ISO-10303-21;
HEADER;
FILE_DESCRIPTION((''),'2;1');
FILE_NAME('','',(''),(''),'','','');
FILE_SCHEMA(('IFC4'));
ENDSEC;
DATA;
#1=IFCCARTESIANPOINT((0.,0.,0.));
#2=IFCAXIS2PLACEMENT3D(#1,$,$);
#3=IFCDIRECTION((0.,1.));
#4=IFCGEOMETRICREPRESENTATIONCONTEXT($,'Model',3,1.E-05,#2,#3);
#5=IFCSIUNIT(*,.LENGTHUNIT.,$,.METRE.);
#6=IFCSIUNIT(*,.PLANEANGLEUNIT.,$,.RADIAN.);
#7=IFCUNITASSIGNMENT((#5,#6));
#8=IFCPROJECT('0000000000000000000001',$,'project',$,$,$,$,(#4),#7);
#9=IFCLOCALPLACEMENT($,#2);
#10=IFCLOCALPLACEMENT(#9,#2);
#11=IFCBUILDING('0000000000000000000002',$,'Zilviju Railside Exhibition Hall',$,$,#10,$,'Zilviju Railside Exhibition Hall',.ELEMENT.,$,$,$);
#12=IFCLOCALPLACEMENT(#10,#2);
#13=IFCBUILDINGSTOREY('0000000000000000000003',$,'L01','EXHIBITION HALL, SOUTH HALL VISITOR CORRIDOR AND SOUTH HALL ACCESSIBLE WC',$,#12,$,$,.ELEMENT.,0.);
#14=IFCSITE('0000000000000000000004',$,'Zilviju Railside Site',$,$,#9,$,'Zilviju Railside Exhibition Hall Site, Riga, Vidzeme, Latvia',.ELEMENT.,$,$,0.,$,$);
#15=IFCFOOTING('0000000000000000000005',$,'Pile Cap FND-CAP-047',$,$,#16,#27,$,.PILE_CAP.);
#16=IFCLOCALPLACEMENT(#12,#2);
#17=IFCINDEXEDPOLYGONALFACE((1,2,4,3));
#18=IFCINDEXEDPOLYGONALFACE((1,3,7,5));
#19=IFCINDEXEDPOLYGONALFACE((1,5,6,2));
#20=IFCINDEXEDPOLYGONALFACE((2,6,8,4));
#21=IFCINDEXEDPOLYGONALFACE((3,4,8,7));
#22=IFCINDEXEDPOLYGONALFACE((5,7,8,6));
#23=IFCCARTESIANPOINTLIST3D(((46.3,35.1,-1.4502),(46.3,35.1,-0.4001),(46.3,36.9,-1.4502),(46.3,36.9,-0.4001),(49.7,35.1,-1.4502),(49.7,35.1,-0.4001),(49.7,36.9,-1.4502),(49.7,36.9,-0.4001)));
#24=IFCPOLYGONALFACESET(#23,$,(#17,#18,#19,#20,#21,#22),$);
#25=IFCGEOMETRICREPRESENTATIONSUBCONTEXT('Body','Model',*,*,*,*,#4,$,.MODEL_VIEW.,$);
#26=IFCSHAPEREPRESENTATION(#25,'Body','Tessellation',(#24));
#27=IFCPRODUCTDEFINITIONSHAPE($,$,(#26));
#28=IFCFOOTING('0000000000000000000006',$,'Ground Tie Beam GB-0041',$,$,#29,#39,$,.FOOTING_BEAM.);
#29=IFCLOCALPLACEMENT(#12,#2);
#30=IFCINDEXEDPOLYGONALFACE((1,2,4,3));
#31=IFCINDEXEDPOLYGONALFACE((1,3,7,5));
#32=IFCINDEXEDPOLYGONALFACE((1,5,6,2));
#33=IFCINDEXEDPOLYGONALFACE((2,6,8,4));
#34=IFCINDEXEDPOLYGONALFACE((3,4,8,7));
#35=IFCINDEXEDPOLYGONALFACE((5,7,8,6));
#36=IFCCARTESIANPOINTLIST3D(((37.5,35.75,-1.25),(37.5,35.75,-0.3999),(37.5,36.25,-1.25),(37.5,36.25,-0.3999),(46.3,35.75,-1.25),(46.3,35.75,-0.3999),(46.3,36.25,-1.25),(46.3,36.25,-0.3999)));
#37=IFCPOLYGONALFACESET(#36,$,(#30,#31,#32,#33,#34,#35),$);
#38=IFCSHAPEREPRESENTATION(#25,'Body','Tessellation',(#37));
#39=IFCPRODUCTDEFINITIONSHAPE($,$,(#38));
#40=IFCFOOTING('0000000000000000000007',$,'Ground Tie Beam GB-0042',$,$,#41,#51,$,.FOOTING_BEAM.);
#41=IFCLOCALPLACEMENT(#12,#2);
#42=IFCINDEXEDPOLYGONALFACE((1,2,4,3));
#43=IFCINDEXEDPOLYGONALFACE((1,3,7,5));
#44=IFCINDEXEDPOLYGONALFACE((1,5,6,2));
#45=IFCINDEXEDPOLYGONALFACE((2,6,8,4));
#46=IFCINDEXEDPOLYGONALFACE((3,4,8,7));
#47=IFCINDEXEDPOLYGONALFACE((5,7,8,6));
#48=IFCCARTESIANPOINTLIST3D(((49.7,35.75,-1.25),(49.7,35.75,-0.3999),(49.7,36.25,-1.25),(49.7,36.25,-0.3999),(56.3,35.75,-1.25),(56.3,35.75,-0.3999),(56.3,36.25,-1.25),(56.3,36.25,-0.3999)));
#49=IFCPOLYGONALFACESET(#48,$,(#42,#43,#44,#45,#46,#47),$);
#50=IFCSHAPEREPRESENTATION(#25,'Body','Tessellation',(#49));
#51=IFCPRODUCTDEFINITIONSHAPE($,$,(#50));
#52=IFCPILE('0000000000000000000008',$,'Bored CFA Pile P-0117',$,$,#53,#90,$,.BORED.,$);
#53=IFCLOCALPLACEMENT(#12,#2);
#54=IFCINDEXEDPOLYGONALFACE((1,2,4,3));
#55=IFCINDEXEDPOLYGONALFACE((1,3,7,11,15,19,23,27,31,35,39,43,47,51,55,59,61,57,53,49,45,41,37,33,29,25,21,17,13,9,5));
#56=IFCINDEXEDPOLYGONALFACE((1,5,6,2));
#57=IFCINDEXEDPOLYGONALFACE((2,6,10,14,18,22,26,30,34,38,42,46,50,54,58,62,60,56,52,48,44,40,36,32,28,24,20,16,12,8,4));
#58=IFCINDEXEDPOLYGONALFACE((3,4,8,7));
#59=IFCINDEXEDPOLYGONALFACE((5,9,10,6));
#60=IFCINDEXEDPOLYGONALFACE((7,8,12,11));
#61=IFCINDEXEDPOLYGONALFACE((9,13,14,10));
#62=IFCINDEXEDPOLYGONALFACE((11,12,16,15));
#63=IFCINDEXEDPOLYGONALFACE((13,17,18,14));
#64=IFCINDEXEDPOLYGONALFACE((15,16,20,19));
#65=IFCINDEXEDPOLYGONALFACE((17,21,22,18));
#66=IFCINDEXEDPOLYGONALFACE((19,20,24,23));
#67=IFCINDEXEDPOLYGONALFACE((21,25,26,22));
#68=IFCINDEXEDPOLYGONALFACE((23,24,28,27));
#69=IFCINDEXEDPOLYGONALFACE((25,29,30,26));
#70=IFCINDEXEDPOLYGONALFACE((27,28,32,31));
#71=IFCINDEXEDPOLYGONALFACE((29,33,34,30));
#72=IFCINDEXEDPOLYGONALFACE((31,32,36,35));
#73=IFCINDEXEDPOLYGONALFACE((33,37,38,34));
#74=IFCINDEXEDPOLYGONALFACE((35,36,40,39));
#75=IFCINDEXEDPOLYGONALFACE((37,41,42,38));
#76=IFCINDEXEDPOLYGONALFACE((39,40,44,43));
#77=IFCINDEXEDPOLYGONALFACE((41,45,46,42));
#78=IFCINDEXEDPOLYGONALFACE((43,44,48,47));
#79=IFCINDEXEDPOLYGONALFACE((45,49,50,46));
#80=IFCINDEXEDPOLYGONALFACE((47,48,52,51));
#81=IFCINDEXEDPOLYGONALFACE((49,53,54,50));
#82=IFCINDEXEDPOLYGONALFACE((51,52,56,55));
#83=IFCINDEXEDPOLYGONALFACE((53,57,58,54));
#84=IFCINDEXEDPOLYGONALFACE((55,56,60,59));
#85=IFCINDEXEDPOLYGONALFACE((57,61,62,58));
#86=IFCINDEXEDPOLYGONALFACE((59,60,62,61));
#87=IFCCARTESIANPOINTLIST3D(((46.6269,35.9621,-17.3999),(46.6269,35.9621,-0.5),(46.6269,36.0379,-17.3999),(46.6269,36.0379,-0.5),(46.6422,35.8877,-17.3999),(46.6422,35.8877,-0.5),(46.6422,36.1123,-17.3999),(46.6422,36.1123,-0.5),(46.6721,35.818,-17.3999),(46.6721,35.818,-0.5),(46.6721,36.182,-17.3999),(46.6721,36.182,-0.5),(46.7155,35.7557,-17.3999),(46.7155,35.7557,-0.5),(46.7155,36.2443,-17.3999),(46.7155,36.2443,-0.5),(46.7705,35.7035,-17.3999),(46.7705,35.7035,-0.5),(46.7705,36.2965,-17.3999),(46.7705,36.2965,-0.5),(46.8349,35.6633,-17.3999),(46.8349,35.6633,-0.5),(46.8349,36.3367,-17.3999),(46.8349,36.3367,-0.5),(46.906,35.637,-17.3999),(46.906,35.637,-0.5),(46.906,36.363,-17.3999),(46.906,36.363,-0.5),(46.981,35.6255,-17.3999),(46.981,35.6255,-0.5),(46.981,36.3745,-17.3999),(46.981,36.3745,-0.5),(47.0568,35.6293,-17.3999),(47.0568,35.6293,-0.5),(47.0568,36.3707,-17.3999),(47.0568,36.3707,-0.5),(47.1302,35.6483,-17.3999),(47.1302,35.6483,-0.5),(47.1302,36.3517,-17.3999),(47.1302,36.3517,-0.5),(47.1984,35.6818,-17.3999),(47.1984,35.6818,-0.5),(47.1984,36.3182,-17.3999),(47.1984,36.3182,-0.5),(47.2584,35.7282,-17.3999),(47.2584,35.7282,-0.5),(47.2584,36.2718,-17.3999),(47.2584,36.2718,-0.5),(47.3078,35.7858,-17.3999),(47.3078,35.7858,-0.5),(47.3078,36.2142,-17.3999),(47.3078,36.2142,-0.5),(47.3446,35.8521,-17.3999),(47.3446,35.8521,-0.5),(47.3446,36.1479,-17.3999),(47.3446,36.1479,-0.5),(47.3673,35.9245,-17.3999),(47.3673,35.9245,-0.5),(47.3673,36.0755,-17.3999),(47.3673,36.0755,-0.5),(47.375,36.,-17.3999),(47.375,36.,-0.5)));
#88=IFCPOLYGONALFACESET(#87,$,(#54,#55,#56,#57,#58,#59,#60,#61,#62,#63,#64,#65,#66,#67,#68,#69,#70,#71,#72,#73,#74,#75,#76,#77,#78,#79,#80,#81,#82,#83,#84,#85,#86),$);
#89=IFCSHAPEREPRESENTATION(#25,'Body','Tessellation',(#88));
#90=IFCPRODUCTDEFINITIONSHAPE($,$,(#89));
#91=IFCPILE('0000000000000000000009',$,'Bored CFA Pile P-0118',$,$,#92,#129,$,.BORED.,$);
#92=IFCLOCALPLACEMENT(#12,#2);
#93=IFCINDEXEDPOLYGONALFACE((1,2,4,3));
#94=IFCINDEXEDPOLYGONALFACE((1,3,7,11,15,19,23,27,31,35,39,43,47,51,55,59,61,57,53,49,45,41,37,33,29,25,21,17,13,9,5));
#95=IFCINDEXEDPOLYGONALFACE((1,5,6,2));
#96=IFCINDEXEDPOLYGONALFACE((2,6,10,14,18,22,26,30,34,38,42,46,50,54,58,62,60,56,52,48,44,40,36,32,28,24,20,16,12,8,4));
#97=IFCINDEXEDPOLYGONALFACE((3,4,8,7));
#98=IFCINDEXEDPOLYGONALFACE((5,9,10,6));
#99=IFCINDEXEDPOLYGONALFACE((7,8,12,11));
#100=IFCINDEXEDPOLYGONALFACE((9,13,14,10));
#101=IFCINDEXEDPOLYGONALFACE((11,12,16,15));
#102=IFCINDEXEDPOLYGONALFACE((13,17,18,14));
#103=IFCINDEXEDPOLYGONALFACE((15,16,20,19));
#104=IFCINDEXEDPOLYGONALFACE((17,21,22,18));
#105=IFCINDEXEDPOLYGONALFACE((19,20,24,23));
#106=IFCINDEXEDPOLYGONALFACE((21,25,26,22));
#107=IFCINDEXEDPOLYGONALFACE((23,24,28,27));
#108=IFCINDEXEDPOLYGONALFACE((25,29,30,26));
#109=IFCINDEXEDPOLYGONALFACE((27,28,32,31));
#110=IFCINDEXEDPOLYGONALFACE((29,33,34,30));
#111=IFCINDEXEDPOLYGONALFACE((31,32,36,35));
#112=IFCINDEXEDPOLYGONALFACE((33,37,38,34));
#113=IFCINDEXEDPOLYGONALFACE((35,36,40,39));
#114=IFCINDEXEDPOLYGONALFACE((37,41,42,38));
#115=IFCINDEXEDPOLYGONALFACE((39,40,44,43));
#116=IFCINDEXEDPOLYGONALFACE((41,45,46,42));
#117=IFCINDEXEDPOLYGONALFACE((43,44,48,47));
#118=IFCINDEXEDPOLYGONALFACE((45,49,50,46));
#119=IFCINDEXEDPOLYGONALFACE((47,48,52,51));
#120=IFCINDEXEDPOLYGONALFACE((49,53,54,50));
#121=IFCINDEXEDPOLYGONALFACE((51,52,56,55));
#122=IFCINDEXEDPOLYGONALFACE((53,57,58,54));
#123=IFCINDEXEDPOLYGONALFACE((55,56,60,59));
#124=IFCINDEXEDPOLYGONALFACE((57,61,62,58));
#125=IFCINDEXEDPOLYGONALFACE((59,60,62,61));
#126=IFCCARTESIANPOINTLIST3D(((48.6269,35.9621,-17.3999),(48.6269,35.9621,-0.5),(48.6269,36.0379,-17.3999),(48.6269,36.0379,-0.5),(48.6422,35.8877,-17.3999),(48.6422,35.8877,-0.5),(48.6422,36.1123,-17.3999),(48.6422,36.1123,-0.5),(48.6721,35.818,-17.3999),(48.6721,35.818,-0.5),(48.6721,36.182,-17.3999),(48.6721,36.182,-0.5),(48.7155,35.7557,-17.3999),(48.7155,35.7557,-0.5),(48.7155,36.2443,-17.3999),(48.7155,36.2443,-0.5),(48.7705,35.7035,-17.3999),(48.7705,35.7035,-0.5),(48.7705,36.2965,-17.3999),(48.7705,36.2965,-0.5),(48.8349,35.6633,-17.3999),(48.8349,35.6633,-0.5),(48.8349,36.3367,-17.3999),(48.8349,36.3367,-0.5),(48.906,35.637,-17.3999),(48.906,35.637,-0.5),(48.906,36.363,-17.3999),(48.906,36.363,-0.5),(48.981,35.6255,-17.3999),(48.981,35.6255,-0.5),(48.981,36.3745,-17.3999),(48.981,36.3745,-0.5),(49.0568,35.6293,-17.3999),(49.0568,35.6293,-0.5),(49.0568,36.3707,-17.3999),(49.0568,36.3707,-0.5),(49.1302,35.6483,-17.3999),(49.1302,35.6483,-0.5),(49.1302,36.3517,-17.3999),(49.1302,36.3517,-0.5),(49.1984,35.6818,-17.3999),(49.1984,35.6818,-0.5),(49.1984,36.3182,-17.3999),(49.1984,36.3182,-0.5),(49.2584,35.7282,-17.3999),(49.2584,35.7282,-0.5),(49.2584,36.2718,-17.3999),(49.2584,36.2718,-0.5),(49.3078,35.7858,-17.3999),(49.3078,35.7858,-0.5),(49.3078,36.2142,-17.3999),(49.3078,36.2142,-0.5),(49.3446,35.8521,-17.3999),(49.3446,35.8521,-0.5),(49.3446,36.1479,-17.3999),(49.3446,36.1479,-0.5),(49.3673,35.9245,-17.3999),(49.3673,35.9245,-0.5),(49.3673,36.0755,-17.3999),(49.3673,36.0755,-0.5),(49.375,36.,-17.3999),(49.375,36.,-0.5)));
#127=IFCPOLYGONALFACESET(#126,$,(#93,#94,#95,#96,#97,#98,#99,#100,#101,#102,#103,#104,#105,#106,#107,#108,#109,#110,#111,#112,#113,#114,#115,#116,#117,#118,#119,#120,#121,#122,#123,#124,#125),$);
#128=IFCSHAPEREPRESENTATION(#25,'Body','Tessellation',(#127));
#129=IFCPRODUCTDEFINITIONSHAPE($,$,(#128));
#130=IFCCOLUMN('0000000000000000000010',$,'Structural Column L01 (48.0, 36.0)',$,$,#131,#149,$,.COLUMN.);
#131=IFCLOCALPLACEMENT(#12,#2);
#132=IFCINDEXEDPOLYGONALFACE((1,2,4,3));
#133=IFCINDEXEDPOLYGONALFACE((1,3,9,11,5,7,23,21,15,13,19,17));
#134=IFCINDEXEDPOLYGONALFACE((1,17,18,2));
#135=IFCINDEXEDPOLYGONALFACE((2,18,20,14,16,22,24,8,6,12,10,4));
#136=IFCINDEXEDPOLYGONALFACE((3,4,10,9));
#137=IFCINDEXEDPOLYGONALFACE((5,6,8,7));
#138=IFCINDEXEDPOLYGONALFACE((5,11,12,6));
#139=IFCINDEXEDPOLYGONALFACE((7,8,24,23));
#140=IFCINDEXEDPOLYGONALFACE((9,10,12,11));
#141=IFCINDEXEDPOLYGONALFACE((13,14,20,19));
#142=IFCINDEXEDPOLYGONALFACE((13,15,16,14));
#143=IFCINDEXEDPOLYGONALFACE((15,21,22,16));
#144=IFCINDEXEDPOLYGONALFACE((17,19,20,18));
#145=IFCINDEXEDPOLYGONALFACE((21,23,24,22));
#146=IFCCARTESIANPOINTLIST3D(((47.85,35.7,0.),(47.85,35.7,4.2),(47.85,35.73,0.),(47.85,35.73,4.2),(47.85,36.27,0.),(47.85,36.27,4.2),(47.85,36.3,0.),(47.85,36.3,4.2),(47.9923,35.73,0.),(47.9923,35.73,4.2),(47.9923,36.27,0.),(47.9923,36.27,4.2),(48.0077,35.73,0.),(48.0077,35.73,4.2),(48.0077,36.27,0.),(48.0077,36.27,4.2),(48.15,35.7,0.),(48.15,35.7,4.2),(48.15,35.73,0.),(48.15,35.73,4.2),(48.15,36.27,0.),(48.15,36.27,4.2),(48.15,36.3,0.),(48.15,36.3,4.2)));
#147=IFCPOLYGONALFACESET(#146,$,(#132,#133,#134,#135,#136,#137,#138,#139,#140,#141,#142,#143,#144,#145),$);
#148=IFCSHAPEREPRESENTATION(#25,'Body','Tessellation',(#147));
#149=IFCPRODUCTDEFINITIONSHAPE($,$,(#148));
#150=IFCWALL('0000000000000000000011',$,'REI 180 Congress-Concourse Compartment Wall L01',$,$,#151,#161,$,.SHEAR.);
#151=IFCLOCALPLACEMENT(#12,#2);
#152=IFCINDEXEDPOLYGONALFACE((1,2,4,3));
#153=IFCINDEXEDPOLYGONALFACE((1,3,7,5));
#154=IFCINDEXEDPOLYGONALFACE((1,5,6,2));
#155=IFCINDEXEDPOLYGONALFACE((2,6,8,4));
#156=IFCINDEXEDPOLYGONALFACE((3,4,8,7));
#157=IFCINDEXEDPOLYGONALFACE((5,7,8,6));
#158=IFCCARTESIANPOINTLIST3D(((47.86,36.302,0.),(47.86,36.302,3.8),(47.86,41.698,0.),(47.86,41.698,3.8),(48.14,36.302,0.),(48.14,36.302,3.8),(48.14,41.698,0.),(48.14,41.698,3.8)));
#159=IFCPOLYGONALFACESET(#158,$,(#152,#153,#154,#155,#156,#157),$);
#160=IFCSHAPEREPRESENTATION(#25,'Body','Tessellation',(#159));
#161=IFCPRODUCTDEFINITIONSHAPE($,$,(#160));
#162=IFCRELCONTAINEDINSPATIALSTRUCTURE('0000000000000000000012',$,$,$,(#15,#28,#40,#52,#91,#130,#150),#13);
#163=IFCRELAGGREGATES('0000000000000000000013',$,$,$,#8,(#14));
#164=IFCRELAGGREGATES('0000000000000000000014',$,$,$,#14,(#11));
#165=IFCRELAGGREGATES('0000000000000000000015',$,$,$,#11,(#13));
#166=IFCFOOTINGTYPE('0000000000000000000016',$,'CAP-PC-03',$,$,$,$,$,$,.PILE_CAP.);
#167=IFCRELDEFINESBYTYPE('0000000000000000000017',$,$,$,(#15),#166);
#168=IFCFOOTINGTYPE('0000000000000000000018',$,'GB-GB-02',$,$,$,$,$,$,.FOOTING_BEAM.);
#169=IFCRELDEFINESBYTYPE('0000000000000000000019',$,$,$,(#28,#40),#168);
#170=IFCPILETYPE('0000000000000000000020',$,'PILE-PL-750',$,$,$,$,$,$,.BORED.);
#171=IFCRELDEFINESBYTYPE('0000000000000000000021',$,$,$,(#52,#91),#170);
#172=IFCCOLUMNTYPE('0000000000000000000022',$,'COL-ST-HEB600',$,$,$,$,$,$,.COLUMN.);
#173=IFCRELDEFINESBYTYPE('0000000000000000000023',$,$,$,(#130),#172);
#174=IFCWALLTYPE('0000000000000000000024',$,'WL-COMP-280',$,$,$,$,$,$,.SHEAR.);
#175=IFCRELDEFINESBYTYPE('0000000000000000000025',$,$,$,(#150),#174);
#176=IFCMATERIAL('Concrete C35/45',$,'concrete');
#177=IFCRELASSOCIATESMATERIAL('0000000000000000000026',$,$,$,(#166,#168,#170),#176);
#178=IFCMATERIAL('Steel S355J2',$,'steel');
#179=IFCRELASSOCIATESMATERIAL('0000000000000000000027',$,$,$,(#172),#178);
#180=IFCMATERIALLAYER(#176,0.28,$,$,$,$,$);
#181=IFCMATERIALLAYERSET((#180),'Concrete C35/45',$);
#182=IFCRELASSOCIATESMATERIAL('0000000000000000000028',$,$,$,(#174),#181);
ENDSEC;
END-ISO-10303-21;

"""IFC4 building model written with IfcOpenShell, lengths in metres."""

from ifc_helpers import new_model, si_unit, direction, frame, frame_2d, origin, origin_2d, place, context, subcontext, project, spatial, rectangle, circle, i_section, extrude, material, layer, layer_set, material_profile, profile_set, type_object, element, save


model = new_model("IFC4")

# Units and contexts
model_context = context("Model", 3, precision=1e-05, world=origin(), true_north=direction((0.0, 1.0)))
body_context = subcontext(model_context, "Body", "Model", "MODEL_VIEW")
ifc_project = project(units=[si_unit("LENGTHUNIT", "METRE"), si_unit("PLANEANGLEUNIT", "RADIAN")], contexts=[model_context])

# Site, building, storey
site_placement = place(None, origin())
site = spatial("IfcSite", under=ifc_project, at=site_placement, Name="Zilviju Railside Site", LongName="Zilviju Railside Exhibition Hall Site, Riga, Vidzeme, Latvia", CompositionType="ELEMENT", RefElevation=0.0)
building_placement = place(site_placement, origin())
building = spatial("IfcBuilding", under=site, at=building_placement, Name="Zilviju Railside Exhibition Hall", LongName="Zilviju Railside Exhibition Hall", CompositionType="ELEMENT")
storey_placement = place(building_placement, origin())
storey = spatial("IfcBuildingStorey", under=building, at=storey_placement, Name="L01", Description="EXHIBITION HALL, SOUTH HALL VISITOR CORRIDOR AND SOUTH HALL ACCESSIBLE WC", CompositionType="ELEMENT", Elevation=0.0)

# Footings
ifc_material_1 = material(Name="Concrete C35/45", Category="concrete")
footing_type_1 = type_object("IfcFootingType", Name="CAP-PC-03", PredefinedType="PILE_CAP", material=ifc_material_1)
footing_1_placement = place(storey_placement, frame((48.0, 36.0, -1.4502), z_axis=(0.0, 0.0, 1.0), x_axis=(1.0, 0.0, 0.0)))
element("IfcFooting", 1, at=footing_1_placement, inside=storey, type_object=footing_type_1, Name="Pile Cap FND-CAP-047", PredefinedType="PILE_CAP", context=body_context, shape_type="SweptSolid", body=[
    extrude(rectangle(XDim=3.3999, YDim=1.8, at=origin_2d()), origin(), (0.0, 0.0, 1.0), 1.05),
])
ifc_material_profile_1 = material_profile(ifc_material_1, rectangle(XDim=0.5, YDim=0.8501, at=origin_2d()), Name="TIE BEAM 500x850")
ifc_profile_set_1 = profile_set([ifc_material_profile_1], Name="Concrete C35/45")
footing_type_2 = type_object("IfcFootingType", Name="GB-GB-02", PredefinedType="FOOTING_BEAM", material=ifc_profile_set_1)
footing_2_placement = place(storey_placement, frame((37.5, 36.0, -0.825), z_axis=(1.0, 0.0, 0.0), x_axis=(0.0, 1.0, 0.0)))
element("IfcFooting", 2, at=footing_2_placement, inside=storey, type_object=footing_type_2, Name="Ground Tie Beam GB-0041", PredefinedType="FOOTING_BEAM", context=body_context, shape_type="SweptSolid", body=[
    extrude(rectangle(XDim=0.5, YDim=0.8501, at=origin_2d()), origin(), (0.0, 0.0, 1.0), 8.8),
])
footing_3_placement = place(storey_placement, frame((49.7, 36.0, -0.825), z_axis=(1.0, 0.0, 0.0), x_axis=(0.0, 1.0, 0.0)))
element("IfcFooting", 3, at=footing_3_placement, inside=storey, type_object=footing_type_2, Name="Ground Tie Beam GB-0042", PredefinedType="FOOTING_BEAM", context=body_context, shape_type="SweptSolid", body=[
    extrude(rectangle(XDim=0.5, YDim=0.8501, at=origin_2d()), origin(), (0.0, 0.0, 1.0), 6.6001),
])

# Piles
ifc_material_profile_2 = material_profile(ifc_material_1, circle(Radius=0.375, at=origin_2d()), Name="CFA PILE D750")
ifc_profile_set_2 = profile_set([ifc_material_profile_2], Name="Concrete C35/45")
pile_type = type_object("IfcPileType", Name="PILE-PL-750", PredefinedType="BORED", material=ifc_profile_set_2)
for number, where, z_axis, x_axis, name in (
    (4, (47.0, 36.0, -0.5), (0.0, 0.0, -1.0), (1.0, 0.0, 0.0), "Bored CFA Pile P-0117"),
    (5, (49.0, 36.0, -0.5), (0.0, 0.0, -1.0), (1.0, 0.0, 0.0), "Bored CFA Pile P-0118"),
):
    element("IfcPile", number, at=place(storey_placement, frame(where, z_axis=z_axis, x_axis=x_axis)), inside=storey, type_object=pile_type, Name=name, PredefinedType="BORED", context=body_context, shape_type="SweptSolid", body=[
        extrude(circle(Radius=0.375, at=origin_2d()), origin(), (0.0, 0.0, 1.0), 16.8999),
    ])

# Column
ifc_material_2 = material(Name="Steel S355J2", Category="steel")
ifc_material_profile_3 = material_profile(ifc_material_2, i_section(OverallWidth=0.3, OverallDepth=0.6001, WebThickness=0.0154, FlangeThickness=0.03, at=origin_2d()), Name="HEB 600")
ifc_profile_set_3 = profile_set([ifc_material_profile_3], Name="Steel S355J2")
column_type = type_object("IfcColumnType", Name="COL-ST-HEB600", PredefinedType="COLUMN", material=ifc_profile_set_3)
column_placement = place(storey_placement, frame((48.0, 36.0, 0.0), z_axis=(0.0, 0.0, 1.0), x_axis=(1.0, 0.0, 0.0)))
element("IfcColumn", 6, at=column_placement, inside=storey, type_object=column_type, Name="Structural Column L01 (48.0, 36.0)", PredefinedType="COLUMN", context=body_context, shape_type="SweptSolid", body=[
    extrude(i_section(OverallWidth=0.3, OverallDepth=0.6001, WebThickness=0.0154, FlangeThickness=0.03, at=origin_2d()), origin(), (0.0, 0.0, 1.0), 4.2),
])

# Wall
ifc_layer_1 = layer(ifc_material_1, 0.28)
ifc_layer_set_1 = layer_set([ifc_layer_1], Name="Concrete C35/45")
wall_type_1 = type_object("IfcWallType", Name="WL-COMP-280", PredefinedType="SHEAR", material=ifc_layer_set_1)
wall_1_placement = place(storey_placement, frame((48.0, 36.302, 0.0), z_axis=(0.0, 0.0, 1.0), x_axis=(0.0, 1.0, 0.0)))
element("IfcWall", 7, at=wall_1_placement, inside=storey, type_object=wall_type_1, Name="REI 180 Congress-Concourse Compartment Wall L01", PredefinedType="SHEAR", context=body_context, shape_type="SweptSolid", body=[
    extrude(rectangle(XDim=5.396, YDim=0.28, at=frame_2d((2.698, 0.0))), origin(), (0.0, 0.0, 1.0), 3.8),
])

save(model, "model.ifc")
